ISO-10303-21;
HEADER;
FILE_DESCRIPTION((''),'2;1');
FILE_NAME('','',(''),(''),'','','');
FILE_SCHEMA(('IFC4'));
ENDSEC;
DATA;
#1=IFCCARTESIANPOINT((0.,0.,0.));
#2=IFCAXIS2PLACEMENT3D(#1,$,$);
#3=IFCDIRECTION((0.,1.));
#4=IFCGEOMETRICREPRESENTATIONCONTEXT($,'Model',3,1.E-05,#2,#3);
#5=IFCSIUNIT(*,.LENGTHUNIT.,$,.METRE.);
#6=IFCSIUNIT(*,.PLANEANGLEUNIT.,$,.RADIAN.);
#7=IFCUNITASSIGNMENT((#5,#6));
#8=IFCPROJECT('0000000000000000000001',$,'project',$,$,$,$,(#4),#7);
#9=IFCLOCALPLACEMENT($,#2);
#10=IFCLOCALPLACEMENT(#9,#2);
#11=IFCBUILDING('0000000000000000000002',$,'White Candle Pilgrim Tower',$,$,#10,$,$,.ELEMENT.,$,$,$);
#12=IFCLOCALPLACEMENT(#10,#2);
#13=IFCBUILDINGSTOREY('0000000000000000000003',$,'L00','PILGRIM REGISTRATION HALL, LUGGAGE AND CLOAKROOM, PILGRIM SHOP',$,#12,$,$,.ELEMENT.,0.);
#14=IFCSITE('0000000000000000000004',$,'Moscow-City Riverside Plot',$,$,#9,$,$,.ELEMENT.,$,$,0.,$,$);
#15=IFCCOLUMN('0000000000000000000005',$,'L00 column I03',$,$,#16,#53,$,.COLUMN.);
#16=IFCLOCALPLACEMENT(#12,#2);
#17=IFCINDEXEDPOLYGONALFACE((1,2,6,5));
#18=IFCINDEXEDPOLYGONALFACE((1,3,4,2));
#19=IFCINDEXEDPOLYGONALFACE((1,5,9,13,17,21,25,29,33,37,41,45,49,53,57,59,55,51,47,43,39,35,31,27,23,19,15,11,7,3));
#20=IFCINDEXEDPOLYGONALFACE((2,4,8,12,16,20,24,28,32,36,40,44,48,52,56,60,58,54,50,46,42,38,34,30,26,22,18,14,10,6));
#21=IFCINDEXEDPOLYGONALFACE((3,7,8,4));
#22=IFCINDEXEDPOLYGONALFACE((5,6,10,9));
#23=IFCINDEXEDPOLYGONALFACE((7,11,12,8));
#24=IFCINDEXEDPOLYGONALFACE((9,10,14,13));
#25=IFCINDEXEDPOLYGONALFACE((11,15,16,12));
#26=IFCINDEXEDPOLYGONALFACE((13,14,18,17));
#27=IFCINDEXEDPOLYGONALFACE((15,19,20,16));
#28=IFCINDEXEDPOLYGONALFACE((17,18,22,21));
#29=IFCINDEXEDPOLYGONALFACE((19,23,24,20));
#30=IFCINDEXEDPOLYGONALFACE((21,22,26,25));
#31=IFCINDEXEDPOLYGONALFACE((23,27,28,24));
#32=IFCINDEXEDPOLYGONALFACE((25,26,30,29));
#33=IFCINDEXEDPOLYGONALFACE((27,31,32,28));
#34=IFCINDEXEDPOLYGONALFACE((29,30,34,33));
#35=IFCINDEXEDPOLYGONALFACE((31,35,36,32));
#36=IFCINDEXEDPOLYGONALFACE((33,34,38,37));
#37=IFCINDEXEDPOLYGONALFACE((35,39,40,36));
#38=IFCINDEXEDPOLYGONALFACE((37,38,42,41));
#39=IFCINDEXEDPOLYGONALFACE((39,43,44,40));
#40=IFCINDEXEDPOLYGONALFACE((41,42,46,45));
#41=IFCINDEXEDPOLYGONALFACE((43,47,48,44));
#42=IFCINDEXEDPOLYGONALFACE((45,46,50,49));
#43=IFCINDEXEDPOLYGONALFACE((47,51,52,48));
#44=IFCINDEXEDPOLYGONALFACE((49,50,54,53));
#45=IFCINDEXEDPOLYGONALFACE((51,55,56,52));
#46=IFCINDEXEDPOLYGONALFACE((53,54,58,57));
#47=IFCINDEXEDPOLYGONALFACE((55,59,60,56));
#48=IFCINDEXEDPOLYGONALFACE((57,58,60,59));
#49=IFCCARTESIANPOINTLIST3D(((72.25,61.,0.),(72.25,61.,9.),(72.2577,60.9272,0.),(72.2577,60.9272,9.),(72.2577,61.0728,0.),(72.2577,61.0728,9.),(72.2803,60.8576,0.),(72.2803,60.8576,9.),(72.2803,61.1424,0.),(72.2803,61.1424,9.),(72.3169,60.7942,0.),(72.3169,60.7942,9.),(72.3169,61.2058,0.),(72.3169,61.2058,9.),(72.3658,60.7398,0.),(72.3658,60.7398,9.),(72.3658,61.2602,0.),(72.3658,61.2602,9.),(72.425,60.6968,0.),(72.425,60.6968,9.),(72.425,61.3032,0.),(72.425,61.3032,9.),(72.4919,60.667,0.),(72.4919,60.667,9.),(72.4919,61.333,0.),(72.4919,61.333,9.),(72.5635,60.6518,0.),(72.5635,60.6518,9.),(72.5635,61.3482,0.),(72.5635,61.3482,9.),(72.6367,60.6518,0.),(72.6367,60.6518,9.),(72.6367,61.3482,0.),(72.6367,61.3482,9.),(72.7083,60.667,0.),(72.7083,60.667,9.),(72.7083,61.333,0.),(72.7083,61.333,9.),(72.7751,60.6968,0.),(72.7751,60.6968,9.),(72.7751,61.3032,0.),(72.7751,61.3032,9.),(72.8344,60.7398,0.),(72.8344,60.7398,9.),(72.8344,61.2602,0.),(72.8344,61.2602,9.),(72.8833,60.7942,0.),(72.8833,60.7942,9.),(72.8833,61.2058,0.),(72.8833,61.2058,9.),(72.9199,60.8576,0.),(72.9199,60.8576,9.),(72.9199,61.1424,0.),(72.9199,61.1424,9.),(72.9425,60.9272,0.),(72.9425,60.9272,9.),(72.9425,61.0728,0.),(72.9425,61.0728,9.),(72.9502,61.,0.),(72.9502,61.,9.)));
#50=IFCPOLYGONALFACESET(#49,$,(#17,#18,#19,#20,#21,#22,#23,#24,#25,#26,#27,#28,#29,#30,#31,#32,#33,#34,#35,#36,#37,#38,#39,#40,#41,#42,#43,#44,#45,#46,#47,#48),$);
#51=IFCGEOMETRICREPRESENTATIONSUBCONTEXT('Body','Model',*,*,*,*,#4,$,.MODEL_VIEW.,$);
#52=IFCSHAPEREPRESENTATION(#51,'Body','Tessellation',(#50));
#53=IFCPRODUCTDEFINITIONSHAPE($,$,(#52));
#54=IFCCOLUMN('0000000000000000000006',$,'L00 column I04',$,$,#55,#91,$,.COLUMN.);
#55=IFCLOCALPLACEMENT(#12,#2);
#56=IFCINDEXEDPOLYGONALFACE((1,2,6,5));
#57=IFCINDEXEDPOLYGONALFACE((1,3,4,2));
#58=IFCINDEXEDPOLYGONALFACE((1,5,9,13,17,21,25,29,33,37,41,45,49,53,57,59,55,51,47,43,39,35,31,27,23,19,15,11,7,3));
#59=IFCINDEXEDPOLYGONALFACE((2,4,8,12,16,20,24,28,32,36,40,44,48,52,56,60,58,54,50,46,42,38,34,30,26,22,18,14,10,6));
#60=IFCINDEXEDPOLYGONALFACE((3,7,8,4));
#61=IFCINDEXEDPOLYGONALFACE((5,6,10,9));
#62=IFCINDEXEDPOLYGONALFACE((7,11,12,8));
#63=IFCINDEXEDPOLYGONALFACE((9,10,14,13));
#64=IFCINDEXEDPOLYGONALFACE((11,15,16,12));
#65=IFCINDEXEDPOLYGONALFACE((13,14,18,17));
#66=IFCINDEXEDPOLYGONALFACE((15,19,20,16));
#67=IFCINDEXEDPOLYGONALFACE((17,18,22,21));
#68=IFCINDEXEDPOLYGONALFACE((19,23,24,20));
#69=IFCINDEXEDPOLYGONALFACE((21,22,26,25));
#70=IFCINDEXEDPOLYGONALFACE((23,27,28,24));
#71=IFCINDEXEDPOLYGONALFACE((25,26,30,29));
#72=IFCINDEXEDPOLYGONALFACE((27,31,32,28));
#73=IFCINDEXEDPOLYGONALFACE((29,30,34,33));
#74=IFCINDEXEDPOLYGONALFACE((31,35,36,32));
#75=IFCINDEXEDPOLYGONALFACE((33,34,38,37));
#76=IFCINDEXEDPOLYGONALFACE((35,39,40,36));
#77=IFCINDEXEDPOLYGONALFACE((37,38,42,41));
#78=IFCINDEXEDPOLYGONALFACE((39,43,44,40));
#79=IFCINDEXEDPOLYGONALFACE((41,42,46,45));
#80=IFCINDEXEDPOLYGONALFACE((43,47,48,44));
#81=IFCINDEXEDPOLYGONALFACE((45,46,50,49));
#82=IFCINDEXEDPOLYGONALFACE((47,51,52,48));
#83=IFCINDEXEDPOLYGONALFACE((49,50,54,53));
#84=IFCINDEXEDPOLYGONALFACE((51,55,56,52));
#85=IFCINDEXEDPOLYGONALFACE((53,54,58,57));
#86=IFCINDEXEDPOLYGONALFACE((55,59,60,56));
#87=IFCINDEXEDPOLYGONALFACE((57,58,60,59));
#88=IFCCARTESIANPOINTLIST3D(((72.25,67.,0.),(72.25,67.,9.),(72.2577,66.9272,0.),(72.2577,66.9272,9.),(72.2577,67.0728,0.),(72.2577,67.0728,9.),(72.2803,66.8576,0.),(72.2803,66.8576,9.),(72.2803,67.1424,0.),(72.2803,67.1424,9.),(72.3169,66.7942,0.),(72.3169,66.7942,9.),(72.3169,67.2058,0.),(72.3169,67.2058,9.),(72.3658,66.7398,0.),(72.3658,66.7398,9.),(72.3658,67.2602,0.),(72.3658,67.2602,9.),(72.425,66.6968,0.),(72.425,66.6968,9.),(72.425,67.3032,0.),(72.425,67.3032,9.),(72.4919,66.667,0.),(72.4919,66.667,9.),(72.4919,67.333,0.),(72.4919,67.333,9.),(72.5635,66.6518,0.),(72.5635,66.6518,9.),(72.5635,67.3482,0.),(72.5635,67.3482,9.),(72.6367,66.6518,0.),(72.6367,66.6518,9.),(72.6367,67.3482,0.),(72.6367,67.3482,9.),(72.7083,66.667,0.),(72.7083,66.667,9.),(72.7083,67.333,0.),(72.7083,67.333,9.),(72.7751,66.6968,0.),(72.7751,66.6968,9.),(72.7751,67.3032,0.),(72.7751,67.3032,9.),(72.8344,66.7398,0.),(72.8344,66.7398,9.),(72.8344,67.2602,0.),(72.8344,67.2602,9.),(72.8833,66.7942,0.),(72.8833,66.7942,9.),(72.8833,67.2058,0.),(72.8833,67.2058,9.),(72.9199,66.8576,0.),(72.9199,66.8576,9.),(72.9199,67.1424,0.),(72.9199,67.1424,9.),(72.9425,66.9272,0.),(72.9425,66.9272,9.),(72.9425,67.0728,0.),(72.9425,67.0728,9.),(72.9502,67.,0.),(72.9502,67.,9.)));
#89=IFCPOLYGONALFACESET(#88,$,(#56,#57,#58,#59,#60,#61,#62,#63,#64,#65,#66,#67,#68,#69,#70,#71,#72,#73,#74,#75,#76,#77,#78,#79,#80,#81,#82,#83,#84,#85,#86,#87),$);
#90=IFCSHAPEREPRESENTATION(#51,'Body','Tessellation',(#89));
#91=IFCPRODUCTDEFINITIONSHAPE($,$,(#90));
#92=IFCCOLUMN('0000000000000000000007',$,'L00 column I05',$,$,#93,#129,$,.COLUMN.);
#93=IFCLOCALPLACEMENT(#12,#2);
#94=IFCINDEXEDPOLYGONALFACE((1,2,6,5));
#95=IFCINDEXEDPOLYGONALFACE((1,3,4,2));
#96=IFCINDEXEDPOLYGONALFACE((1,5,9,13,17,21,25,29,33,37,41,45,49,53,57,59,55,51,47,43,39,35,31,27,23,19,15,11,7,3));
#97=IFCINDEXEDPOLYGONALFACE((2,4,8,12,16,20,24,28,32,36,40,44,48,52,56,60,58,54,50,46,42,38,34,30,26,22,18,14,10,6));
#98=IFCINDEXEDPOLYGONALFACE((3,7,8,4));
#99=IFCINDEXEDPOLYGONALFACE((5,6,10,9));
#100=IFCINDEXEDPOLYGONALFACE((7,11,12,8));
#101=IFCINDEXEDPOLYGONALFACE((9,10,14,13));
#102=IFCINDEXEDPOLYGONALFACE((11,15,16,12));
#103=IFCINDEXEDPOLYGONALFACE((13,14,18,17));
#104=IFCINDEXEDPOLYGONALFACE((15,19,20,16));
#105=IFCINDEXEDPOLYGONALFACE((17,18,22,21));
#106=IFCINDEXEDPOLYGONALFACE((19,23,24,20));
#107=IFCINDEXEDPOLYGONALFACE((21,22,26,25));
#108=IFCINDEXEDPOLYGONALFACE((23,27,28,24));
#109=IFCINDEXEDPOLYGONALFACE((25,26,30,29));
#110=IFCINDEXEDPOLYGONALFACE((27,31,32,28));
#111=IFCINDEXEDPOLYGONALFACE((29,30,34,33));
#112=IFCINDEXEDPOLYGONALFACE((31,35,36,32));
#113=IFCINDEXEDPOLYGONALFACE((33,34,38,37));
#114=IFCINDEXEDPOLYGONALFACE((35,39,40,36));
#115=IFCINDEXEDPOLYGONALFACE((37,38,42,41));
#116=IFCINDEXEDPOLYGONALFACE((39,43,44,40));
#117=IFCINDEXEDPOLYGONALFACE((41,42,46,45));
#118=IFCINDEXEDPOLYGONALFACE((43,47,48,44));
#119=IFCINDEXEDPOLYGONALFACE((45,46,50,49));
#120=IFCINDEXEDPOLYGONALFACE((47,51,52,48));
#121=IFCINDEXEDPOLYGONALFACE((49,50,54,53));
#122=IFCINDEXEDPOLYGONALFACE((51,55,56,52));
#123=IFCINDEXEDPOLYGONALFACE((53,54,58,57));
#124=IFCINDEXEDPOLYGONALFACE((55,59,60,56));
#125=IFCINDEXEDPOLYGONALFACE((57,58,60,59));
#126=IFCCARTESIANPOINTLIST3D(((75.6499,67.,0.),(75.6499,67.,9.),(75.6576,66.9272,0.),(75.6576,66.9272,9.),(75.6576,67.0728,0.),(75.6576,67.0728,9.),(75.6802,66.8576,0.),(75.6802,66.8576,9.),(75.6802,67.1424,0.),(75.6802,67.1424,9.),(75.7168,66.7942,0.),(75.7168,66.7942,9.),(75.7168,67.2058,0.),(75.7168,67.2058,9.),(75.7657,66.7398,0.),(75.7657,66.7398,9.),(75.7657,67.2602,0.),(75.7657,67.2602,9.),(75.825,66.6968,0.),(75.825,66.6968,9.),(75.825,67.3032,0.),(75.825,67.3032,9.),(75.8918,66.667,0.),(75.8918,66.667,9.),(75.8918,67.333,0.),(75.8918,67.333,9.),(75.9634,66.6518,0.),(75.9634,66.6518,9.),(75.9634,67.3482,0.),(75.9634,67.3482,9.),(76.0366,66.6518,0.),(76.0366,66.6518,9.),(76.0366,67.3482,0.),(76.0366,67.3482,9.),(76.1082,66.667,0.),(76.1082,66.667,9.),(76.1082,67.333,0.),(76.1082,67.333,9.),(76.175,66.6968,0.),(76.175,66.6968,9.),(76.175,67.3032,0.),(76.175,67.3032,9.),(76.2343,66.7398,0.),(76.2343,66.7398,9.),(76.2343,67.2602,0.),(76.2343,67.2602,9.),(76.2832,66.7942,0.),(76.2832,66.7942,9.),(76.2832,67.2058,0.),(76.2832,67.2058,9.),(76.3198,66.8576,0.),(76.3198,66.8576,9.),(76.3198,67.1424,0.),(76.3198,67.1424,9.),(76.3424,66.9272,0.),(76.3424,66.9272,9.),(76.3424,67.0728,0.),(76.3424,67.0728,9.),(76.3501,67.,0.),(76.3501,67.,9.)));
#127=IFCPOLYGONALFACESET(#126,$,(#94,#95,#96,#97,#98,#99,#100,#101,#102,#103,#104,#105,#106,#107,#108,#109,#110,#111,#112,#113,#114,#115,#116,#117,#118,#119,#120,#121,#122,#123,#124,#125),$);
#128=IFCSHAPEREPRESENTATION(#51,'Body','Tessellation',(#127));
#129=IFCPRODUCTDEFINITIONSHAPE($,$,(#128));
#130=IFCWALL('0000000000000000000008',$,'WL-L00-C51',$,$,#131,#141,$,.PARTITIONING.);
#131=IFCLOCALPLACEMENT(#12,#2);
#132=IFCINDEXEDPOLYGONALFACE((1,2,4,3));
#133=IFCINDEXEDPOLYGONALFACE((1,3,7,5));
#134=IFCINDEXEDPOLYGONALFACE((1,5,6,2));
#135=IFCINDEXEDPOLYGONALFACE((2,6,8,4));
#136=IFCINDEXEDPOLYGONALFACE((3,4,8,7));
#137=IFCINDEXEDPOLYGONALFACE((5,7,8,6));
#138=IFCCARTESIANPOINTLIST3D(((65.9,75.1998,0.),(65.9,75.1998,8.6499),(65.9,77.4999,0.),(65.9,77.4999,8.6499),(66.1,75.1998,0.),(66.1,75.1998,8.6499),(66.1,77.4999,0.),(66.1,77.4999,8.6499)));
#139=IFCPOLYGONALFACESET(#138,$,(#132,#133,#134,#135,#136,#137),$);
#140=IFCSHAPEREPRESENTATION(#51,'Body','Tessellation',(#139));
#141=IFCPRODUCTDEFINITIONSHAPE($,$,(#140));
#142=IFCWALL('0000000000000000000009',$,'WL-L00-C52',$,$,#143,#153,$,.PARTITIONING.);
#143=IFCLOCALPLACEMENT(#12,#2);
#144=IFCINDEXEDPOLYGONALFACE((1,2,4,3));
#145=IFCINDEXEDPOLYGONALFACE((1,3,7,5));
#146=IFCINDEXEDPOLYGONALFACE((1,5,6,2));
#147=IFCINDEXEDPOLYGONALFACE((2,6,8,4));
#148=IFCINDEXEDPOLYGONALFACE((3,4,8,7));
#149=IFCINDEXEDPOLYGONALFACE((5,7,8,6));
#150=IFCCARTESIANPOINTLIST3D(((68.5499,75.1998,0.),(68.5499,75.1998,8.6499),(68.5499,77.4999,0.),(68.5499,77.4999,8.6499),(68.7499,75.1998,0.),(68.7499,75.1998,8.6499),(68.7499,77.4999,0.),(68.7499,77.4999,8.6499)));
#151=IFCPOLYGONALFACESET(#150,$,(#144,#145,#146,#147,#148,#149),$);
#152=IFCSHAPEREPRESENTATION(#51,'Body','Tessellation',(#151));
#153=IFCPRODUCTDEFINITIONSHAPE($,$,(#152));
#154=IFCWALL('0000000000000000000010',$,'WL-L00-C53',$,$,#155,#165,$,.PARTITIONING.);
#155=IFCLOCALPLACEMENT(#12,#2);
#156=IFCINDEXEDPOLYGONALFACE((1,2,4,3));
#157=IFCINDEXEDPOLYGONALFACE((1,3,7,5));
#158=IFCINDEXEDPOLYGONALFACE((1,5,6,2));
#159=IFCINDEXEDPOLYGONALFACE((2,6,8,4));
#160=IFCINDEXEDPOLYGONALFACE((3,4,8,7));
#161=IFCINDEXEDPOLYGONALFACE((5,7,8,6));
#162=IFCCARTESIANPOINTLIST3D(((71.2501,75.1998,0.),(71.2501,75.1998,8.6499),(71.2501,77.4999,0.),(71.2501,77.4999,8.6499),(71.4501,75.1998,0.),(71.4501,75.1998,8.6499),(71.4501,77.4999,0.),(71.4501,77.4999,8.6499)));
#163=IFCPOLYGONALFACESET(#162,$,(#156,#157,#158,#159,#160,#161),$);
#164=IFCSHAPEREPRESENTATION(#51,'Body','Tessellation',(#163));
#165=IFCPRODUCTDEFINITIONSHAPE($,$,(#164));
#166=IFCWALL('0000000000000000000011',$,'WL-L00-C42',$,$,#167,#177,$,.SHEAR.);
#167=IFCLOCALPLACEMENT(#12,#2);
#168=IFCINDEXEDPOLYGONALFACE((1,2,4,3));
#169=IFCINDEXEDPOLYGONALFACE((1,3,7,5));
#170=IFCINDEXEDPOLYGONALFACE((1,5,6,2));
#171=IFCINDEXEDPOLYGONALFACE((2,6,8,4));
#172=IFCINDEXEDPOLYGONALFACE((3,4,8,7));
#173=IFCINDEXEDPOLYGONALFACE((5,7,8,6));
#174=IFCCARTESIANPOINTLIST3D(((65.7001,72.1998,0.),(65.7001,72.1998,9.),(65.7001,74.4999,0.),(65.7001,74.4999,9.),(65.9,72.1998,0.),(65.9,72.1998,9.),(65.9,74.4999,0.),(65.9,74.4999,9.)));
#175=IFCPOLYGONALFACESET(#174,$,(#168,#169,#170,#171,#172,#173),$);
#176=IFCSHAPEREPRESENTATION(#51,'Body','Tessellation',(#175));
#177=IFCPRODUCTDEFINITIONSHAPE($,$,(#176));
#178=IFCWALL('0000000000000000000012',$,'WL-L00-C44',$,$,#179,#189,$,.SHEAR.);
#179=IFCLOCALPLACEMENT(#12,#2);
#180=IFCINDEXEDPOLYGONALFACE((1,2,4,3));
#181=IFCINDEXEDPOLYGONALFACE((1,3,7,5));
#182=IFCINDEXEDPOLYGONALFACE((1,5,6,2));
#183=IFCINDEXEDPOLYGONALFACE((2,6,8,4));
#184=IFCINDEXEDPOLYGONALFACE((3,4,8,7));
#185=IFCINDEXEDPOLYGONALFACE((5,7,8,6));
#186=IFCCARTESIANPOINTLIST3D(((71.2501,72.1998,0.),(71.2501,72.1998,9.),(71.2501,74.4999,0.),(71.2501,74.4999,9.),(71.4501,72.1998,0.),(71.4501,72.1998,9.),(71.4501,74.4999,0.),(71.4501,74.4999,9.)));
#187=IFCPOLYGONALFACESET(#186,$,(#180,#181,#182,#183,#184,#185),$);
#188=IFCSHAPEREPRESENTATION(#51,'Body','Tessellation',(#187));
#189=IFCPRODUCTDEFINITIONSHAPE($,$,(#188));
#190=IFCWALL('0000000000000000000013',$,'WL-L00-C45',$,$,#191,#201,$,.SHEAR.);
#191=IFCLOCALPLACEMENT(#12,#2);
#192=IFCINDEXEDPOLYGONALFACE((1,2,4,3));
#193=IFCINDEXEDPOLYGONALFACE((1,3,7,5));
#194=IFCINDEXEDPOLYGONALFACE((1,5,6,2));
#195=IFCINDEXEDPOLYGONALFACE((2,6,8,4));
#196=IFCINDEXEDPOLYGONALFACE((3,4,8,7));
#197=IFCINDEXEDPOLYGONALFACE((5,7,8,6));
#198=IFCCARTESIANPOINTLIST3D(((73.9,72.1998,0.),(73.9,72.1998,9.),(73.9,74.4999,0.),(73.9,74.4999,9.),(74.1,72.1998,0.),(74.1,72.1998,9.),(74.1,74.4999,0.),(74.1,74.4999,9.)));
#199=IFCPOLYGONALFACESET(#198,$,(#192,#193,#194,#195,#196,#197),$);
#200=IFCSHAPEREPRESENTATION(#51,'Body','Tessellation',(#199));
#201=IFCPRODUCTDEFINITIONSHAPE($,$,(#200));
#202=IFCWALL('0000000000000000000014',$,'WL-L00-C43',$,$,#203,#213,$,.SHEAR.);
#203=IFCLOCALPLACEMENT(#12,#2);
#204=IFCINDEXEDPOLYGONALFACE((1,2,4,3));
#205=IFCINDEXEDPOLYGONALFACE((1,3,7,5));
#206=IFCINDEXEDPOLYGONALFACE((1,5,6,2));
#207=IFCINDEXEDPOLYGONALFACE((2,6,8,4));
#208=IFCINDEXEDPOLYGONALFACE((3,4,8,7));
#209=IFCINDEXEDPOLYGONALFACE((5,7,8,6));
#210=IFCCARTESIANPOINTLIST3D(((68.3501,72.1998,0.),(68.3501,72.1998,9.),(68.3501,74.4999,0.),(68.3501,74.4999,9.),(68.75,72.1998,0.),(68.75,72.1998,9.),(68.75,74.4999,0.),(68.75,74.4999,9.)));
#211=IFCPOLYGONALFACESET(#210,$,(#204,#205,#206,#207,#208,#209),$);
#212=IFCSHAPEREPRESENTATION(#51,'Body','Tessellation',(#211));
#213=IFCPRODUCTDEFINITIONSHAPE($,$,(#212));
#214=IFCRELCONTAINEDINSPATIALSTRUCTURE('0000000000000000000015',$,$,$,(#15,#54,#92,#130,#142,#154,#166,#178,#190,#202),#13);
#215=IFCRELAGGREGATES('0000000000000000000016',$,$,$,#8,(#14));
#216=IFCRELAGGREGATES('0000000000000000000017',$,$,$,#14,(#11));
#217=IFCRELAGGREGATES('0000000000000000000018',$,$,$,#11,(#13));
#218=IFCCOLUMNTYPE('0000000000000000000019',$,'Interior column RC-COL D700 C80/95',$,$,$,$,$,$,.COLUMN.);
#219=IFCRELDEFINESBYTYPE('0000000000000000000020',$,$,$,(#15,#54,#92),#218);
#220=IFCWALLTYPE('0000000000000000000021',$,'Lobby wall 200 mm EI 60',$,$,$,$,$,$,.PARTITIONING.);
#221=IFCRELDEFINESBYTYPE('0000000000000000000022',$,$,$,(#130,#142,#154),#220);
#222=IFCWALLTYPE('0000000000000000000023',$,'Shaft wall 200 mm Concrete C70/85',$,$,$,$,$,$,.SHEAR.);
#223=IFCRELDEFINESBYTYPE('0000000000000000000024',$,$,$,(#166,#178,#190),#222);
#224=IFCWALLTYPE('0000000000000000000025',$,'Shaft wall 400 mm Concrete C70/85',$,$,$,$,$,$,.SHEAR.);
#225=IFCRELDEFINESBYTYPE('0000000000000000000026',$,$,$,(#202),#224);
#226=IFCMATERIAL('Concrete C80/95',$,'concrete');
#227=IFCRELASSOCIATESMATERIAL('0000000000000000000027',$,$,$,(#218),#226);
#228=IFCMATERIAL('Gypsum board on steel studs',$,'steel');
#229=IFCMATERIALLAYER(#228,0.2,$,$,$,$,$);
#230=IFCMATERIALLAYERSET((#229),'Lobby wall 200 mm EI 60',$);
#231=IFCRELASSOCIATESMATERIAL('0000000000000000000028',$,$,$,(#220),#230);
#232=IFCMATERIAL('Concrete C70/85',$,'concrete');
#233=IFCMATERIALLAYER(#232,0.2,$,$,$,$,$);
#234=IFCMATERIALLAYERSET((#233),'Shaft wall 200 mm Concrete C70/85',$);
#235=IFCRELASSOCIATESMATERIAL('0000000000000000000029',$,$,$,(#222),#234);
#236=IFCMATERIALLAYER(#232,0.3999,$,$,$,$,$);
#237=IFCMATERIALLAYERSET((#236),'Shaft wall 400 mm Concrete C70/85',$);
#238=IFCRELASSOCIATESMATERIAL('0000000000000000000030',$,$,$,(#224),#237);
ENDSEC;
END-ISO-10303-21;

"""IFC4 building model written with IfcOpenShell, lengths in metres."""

from ifc_helpers import new_model, si_unit, direction, frame, frame_2d, origin, origin_2d, place, context, subcontext, project, spatial, rectangle, circle, extrude, material, layer, layer_set, material_profile, profile_set, type_object, element, save


model = new_model("IFC4")

# Units and contexts
model_context = context("Model", 3, precision=1e-05, world=origin(), true_north=direction((0.0, 1.0)))
body_context = subcontext(model_context, "Body", "Model", "MODEL_VIEW")
ifc_project = project(units=[si_unit("LENGTHUNIT", "METRE"), si_unit("PLANEANGLEUNIT", "RADIAN")], contexts=[model_context])

# Site, building, storey
site_placement = place(None, origin())
site = spatial("IfcSite", under=ifc_project, at=site_placement, Name="Moscow-City Riverside Plot", CompositionType="ELEMENT", RefElevation=0.0)
building_placement = place(site_placement, origin())
building = spatial("IfcBuilding", under=site, at=building_placement, Name="White Candle Pilgrim Tower", CompositionType="ELEMENT")
storey_placement = place(building_placement, origin())
storey = spatial("IfcBuildingStorey", under=building, at=storey_placement, Name="L00", Description="PILGRIM REGISTRATION HALL, LUGGAGE AND CLOAKROOM, PILGRIM SHOP", CompositionType="ELEMENT", Elevation=0.0)

# Columns
ifc_material_1 = material(Name="Concrete C80/95", Category="concrete")
ifc_material_profile = material_profile(ifc_material_1, circle(Radius=0.3501, at=origin_2d()), Name="RC-COL D700")
ifc_profile_set = profile_set([ifc_material_profile], Name="Concrete C80/95")
column_type = type_object("IfcColumnType", Name="Interior column RC-COL D700 C80/95", PredefinedType="COLUMN", material=ifc_profile_set)
for number, where, z_axis, x_axis, name in (
    (1, (72.6001, 61.0, 0.0), (0.0, 0.0, 1.0), (1.0, 0.0, 0.0), "L00 column I03"),
    (2, (72.6001, 67.0, 0.0), (0.0, 0.0, 1.0), (1.0, 0.0, 0.0), "L00 column I04"),
    (3, (76.0, 67.0, 0.0), (0.0, 0.0, 1.0), (1.0, 0.0, 0.0), "L00 column I05"),
):
    element("IfcColumn", number, at=place(storey_placement, frame(where, z_axis=z_axis, x_axis=x_axis)), inside=storey, type_object=column_type, Name=name, PredefinedType="COLUMN", context=body_context, shape_type="SweptSolid", body=[
        extrude(circle(Radius=0.3501, at=origin_2d()), origin(), (0.0, 0.0, 1.0), 9.0),
    ])

# Walls
ifc_material_2 = material(Name="Gypsum board on steel studs", Category="steel")
ifc_layer_1 = layer(ifc_material_2, 0.2)
ifc_layer_set_1 = layer_set([ifc_layer_1], Name="Lobby wall 200 mm EI 60")
wall_type_1 = type_object("IfcWallType", Name="Lobby wall 200 mm EI 60", PredefinedType="PARTITIONING", material=ifc_layer_set_1)
for number, where, z_axis, x_axis, name in (
    (4, (66.0, 75.2, 0.0), (0.0, 0.0, 1.0), (0.0, 1.0, 0.0), "WL-L00-C51"),
    (5, (68.6499, 75.2, 0.0), (0.0, 0.0, 1.0), (0.0, 1.0, 0.0), "WL-L00-C52"),
    (6, (71.3501, 75.2, 0.0), (0.0, 0.0, 1.0), (0.0, 1.0, 0.0), "WL-L00-C53"),
):
    element("IfcWall", number, at=place(storey_placement, frame(where, z_axis=z_axis, x_axis=x_axis)), inside=storey, type_object=wall_type_1, Name=name, PredefinedType="PARTITIONING", context=body_context, shape_type="SweptSolid", body=[
        extrude(rectangle(XDim=2.3, YDim=0.2, at=frame_2d((1.1499, 0.0))), origin(), (0.0, 0.0, 1.0), 8.6499),
    ])
ifc_material_3 = material(Name="Concrete C70/85", Category="concrete")
ifc_layer_2 = layer(ifc_material_3, 0.2)
ifc_layer_set_2 = layer_set([ifc_layer_2], Name="Shaft wall 200 mm Concrete C70/85")
wall_type_2 = type_object("IfcWallType", Name="Shaft wall 200 mm Concrete C70/85", PredefinedType="SHEAR", material=ifc_layer_set_2)
for number, where, z_axis, x_axis, name in (
    (7, (65.8, 72.2, 0.0), (0.0, 0.0, 1.0), (0.0, 1.0, 0.0), "WL-L00-C42"),
    (8, (71.3501, 72.2, 0.0), (0.0, 0.0, 1.0), (0.0, 1.0, 0.0), "WL-L00-C44"),
    (9, (74.0, 72.2, 0.0), (0.0, 0.0, 1.0), (0.0, 1.0, 0.0), "WL-L00-C45"),
):
    element("IfcWall", number, at=place(storey_placement, frame(where, z_axis=z_axis, x_axis=x_axis)), inside=storey, type_object=wall_type_2, Name=name, PredefinedType="SHEAR", context=body_context, shape_type="SweptSolid", body=[
        extrude(rectangle(XDim=2.3, YDim=0.2, at=frame_2d((1.1499, 0.0))), origin(), (0.0, 0.0, 1.0), 9.0),
    ])
ifc_layer_3 = layer(ifc_material_3, 0.3999)
ifc_layer_set_3 = layer_set([ifc_layer_3], Name="Shaft wall 400 mm Concrete C70/85")
wall_type_3 = type_object("IfcWallType", Name="Shaft wall 400 mm Concrete C70/85", PredefinedType="SHEAR", material=ifc_layer_set_3)
wall_1_placement = place(storey_placement, frame((68.55, 72.2, 0.0), z_axis=(0.0, 0.0, 1.0), x_axis=(0.0, 1.0, 0.0)))
element("IfcWall", 10, at=wall_1_placement, inside=storey, type_object=wall_type_3, Name="WL-L00-C43", PredefinedType="SHEAR", context=body_context, shape_type="SweptSolid", body=[
    extrude(rectangle(XDim=2.3, YDim=0.3999, at=frame_2d((1.1499, 0.0))), origin(), (0.0, 0.0, 1.0), 9.0),
])

save(model, "model.ifc")
